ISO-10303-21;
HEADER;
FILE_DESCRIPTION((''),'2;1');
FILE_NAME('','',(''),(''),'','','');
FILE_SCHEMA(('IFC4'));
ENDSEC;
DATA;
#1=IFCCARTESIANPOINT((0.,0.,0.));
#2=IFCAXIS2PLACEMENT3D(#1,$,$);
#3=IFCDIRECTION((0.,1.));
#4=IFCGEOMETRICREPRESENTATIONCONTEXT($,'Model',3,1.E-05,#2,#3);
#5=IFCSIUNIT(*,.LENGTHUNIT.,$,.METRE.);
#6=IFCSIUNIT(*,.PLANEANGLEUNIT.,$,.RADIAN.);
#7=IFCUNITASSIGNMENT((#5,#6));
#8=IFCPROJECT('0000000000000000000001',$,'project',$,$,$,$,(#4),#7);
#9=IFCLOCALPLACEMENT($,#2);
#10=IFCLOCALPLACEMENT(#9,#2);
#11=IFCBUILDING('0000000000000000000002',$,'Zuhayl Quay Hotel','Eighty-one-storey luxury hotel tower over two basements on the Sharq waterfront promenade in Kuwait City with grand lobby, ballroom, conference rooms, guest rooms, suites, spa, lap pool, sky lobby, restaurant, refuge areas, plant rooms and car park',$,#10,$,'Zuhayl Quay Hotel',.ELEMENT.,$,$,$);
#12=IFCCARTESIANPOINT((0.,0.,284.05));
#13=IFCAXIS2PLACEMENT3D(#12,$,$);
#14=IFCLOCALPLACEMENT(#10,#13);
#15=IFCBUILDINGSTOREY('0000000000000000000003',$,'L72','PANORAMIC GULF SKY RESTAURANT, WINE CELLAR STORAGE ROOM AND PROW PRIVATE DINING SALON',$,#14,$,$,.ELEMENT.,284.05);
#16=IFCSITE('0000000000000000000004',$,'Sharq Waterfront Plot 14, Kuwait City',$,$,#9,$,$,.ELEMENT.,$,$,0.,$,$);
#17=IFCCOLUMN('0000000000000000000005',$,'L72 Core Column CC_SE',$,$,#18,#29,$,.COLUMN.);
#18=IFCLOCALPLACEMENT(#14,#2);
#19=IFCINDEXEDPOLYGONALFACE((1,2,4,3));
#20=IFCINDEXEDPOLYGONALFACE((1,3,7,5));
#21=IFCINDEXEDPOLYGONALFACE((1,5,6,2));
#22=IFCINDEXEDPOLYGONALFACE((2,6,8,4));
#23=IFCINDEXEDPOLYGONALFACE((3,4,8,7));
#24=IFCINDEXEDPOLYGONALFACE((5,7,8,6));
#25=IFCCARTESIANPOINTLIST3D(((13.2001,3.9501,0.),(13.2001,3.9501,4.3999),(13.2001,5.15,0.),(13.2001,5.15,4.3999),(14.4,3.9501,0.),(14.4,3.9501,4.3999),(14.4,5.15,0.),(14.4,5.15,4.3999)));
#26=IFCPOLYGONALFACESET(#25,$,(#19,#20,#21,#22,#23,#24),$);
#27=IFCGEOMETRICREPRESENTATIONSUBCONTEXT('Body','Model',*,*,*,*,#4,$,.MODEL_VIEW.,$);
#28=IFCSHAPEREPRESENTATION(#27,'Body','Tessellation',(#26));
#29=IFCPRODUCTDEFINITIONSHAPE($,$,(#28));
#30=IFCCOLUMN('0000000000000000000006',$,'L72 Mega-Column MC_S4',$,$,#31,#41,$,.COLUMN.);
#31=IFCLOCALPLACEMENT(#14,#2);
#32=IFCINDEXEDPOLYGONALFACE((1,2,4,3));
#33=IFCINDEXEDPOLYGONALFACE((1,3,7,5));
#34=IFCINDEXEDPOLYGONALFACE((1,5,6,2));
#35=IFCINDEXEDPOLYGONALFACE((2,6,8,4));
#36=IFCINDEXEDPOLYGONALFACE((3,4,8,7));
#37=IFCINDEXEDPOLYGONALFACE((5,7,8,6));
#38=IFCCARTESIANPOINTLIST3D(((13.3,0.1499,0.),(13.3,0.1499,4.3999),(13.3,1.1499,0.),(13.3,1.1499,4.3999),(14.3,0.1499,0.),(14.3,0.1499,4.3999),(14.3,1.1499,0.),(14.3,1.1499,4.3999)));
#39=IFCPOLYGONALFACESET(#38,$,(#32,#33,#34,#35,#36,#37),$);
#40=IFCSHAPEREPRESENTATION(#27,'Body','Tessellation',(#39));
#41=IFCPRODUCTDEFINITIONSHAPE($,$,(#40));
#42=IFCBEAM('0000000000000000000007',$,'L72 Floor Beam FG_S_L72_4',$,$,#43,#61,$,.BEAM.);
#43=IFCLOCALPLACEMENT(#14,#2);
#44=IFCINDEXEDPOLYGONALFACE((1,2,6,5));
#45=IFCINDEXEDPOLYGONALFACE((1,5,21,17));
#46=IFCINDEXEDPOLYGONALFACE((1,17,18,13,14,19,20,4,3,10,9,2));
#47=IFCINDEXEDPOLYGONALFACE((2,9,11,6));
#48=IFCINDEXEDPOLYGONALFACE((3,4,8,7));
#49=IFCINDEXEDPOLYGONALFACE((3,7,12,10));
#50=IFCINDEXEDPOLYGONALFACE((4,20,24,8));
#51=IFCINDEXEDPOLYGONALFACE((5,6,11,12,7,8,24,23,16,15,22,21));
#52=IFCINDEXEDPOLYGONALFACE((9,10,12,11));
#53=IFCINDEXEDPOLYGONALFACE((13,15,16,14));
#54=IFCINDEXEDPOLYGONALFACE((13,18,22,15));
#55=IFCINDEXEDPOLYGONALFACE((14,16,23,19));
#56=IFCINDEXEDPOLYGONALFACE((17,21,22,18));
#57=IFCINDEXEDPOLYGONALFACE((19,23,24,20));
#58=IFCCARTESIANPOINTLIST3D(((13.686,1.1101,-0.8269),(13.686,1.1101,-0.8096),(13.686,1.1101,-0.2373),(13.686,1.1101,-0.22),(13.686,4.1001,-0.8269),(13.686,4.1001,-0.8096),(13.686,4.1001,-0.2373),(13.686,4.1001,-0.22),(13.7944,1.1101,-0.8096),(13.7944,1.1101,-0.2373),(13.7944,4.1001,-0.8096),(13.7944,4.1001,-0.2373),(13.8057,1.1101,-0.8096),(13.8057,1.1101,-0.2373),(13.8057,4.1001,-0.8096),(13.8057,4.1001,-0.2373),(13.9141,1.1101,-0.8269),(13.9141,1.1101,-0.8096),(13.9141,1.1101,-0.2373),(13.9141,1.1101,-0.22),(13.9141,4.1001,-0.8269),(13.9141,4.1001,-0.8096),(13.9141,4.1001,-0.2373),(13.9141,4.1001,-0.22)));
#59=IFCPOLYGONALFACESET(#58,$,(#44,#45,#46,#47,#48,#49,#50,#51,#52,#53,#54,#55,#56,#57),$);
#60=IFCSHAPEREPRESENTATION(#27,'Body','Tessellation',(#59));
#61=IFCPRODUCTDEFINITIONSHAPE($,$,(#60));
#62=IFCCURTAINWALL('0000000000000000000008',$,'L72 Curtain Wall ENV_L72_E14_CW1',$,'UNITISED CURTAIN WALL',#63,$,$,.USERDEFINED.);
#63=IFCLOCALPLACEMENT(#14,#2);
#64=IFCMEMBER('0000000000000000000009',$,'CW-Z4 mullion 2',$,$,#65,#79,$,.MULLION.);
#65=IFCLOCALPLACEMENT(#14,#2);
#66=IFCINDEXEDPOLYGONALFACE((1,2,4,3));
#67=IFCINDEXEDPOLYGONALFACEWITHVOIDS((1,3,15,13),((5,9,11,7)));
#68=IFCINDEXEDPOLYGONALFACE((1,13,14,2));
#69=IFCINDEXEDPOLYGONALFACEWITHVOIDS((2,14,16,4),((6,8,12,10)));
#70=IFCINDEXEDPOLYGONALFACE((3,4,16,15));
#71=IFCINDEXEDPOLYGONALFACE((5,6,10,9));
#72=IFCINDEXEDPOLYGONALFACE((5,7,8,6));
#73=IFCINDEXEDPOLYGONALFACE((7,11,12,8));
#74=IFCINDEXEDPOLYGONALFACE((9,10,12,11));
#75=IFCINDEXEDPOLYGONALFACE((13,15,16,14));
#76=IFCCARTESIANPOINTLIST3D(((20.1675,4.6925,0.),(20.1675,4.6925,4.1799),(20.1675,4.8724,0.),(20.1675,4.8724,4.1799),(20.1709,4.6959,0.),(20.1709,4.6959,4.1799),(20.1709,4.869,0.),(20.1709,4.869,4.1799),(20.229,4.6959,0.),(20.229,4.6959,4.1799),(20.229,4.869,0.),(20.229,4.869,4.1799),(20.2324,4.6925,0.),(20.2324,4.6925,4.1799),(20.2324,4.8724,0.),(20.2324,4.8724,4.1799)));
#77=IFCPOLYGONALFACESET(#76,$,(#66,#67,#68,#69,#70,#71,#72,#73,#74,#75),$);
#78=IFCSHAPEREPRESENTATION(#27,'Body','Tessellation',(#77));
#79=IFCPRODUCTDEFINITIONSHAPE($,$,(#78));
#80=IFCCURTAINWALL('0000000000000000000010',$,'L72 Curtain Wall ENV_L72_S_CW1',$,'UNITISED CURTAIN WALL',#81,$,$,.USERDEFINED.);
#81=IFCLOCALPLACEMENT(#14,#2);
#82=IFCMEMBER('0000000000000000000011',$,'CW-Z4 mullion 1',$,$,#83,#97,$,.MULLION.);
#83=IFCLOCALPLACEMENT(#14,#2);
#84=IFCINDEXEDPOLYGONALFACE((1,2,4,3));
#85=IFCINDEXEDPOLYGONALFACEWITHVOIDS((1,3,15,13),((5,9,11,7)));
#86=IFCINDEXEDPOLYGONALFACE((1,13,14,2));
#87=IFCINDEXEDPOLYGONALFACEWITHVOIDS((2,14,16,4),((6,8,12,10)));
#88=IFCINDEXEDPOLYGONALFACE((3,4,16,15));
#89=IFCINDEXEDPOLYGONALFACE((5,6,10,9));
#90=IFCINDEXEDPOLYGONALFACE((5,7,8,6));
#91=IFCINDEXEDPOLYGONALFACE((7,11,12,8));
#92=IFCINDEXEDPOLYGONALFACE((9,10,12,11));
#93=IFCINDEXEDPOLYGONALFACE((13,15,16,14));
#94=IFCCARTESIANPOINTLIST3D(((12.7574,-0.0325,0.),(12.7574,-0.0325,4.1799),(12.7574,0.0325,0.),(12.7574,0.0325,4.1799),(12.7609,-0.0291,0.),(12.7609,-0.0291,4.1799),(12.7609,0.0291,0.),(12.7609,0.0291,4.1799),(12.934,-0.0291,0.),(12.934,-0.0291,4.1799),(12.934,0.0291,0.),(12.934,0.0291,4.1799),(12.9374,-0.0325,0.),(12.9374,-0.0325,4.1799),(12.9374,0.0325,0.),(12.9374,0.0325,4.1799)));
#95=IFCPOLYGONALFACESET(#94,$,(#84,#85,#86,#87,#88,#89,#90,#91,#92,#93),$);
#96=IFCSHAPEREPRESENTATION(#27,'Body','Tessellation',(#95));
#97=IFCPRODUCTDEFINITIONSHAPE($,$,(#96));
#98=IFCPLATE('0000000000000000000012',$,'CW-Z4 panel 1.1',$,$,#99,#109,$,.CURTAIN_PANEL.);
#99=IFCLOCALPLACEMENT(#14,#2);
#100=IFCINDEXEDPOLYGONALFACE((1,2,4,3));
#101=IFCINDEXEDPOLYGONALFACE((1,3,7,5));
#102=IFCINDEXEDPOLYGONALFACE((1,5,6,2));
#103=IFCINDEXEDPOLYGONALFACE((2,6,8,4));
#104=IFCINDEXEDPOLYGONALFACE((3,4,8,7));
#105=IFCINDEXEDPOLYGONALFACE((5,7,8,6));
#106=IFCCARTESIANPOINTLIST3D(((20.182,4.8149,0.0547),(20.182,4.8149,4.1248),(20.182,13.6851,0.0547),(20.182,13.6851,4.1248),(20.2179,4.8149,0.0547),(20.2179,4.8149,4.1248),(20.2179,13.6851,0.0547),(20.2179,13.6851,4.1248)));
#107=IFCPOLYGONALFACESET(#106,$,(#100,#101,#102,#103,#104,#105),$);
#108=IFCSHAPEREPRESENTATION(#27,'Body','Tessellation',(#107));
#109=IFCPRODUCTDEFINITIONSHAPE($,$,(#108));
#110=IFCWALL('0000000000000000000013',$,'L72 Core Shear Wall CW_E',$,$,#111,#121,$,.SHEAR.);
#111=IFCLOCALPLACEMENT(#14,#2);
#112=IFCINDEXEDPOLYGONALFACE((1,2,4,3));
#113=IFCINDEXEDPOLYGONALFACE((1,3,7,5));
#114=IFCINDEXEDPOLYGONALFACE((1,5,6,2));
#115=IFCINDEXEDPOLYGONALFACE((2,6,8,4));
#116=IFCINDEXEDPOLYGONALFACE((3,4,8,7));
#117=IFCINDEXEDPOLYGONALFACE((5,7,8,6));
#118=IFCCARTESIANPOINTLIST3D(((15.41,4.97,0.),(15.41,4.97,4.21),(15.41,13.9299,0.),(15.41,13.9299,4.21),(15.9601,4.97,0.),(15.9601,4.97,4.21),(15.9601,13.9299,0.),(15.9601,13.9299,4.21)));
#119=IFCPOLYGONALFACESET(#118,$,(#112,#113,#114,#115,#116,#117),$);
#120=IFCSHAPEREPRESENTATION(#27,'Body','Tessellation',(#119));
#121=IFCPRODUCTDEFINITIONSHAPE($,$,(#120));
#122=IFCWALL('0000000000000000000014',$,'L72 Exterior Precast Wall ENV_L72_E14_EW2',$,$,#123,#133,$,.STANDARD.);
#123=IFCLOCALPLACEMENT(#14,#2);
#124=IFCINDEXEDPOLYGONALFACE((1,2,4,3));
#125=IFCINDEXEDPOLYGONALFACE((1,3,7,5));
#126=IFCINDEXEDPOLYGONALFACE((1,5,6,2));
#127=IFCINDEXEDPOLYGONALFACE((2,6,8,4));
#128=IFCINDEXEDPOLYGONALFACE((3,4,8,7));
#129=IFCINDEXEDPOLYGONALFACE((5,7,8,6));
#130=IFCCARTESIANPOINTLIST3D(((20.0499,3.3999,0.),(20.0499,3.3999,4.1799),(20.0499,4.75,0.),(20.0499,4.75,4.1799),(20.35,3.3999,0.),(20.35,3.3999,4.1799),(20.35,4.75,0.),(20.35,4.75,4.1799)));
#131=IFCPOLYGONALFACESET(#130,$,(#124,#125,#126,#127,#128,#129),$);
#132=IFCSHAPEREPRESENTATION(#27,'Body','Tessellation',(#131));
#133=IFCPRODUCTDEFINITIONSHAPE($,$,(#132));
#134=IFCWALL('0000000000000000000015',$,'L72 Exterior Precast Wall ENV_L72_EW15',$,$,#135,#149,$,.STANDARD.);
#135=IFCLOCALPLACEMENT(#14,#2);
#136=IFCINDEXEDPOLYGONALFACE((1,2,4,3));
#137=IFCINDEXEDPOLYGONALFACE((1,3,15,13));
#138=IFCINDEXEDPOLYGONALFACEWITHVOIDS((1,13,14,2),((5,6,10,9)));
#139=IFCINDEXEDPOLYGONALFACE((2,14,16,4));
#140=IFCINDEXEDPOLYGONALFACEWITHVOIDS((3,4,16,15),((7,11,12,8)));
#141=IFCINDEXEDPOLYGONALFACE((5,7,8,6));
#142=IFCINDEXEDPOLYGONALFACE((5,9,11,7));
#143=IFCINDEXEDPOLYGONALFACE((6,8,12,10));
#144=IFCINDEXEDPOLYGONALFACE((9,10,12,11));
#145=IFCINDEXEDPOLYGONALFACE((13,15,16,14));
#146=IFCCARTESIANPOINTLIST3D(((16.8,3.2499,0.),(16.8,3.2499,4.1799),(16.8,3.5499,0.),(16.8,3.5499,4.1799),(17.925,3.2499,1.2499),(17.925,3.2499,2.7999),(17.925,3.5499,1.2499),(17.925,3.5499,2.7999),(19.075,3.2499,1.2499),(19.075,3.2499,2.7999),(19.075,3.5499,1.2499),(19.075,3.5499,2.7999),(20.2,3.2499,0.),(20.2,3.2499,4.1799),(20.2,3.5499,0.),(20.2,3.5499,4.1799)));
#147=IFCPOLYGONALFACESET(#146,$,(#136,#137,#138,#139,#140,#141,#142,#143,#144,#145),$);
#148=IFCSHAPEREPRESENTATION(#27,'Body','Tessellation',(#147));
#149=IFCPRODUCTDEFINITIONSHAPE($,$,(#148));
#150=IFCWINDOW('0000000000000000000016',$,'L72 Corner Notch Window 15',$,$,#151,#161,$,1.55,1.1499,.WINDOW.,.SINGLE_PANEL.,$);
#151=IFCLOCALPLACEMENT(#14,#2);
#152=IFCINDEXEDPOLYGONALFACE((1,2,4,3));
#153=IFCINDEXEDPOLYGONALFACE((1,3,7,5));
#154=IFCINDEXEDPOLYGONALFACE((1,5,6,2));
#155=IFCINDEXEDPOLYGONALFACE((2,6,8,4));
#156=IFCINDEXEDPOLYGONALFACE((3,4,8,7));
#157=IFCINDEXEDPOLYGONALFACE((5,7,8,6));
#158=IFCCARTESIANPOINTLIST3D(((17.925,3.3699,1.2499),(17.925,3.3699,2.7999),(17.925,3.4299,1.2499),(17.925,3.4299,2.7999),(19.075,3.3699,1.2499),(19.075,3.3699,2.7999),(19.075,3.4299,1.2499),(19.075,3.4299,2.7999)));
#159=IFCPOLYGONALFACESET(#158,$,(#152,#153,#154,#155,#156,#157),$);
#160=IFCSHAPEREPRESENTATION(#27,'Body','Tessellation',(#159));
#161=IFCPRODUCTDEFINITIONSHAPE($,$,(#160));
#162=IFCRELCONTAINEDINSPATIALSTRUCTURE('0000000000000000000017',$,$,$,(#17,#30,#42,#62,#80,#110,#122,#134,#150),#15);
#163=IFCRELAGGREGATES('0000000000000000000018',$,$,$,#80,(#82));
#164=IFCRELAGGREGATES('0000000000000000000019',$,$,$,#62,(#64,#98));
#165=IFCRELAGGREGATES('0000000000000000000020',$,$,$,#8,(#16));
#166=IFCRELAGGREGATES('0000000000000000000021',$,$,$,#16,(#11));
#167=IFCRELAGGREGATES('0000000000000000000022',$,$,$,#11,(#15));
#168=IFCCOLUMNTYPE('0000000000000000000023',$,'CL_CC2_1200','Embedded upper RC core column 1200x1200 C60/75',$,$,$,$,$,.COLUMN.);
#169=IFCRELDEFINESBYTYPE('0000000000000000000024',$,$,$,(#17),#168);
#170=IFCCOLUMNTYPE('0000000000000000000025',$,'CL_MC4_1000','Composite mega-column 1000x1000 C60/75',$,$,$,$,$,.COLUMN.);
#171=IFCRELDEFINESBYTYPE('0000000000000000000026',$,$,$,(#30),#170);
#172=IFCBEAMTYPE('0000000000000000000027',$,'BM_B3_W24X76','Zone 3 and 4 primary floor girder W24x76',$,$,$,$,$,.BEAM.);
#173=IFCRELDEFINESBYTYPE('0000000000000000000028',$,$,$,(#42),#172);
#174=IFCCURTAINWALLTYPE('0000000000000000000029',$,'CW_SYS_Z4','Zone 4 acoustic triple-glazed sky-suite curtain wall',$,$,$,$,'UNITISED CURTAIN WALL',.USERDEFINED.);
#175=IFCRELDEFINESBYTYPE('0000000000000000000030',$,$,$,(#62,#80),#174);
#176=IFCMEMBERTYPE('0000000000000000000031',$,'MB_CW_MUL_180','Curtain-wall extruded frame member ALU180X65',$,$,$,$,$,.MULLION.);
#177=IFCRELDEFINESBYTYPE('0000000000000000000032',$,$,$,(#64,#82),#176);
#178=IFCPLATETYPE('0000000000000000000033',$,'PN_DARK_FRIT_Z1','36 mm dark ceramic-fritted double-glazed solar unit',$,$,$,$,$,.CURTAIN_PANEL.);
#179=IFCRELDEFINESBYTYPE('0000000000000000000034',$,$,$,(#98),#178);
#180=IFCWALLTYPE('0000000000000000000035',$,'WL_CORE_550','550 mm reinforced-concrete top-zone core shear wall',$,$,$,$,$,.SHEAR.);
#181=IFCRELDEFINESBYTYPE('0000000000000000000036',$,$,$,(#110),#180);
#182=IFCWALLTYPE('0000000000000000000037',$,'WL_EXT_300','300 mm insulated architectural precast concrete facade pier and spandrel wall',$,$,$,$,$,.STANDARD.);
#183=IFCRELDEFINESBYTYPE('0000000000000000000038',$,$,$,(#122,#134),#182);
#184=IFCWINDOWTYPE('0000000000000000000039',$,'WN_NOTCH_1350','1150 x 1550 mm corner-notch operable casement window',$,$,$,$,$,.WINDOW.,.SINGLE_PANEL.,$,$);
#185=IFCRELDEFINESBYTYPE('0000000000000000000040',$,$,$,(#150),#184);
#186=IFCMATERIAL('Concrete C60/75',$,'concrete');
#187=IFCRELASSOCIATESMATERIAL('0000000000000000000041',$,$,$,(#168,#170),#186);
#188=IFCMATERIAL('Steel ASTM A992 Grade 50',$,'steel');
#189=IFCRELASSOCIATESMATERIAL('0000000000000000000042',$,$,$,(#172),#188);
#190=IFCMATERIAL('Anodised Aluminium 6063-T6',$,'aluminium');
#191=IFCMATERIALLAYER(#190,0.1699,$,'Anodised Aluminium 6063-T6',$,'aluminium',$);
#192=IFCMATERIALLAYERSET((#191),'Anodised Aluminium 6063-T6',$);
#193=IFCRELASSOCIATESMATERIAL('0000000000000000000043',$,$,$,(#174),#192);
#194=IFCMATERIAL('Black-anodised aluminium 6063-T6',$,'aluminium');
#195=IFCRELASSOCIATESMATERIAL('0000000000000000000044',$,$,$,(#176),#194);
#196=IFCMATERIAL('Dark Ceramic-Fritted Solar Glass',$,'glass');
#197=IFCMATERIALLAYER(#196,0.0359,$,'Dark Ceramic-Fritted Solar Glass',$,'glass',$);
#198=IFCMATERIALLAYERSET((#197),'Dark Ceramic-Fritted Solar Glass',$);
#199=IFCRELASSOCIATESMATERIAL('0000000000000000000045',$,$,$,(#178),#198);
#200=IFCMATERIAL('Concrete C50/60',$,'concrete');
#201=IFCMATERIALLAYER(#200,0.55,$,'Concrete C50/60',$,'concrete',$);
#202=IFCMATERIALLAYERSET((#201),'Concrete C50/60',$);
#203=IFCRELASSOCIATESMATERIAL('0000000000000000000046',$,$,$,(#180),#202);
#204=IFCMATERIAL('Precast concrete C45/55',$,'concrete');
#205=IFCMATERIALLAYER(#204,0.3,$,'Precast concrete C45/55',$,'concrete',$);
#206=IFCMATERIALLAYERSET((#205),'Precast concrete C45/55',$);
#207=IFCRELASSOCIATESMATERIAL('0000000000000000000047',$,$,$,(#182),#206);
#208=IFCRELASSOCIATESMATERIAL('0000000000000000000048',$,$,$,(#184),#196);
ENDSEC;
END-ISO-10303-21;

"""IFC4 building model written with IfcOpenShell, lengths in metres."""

from ifc_helpers import new_model, si_unit, direction, frame, frame_2d, origin, origin_2d, place, context, subcontext, project, spatial, rectangle, hollow_rectangle, i_section, extrude, material, layer, layer_set, material_profile, profile_set, type_object, element, fill, aggregate, save


model = new_model("IFC4")

# Units and contexts
model_context = context("Model", 3, precision=1e-05, world=origin(), true_north=direction((0.0, 1.0)))
body_context = subcontext(model_context, "Body", "Model", "MODEL_VIEW")
ifc_project = project(units=[si_unit("LENGTHUNIT", "METRE"), si_unit("PLANEANGLEUNIT", "RADIAN")], contexts=[model_context])

# Site, building, storey
site_placement = place(None, origin())
site = spatial("IfcSite", under=ifc_project, at=site_placement, Name="Sharq Waterfront Plot 14, Kuwait City", CompositionType="ELEMENT", RefElevation=0.0)
building_placement = place(site_placement, origin())
building = spatial("IfcBuilding", under=site, at=building_placement, Name="Zuhayl Quay Hotel", Description="Eighty-one-storey luxury hotel tower over two basements on the Sharq waterfront promenade in Kuwait City with grand lobby, ballroom, conference rooms, guest rooms, suites, spa, lap pool, sky lobby, restaurant, refuge areas, plant rooms and car park", LongName="Zuhayl Quay Hotel", CompositionType="ELEMENT")
storey_placement = place(building_placement, frame((0.0, 0.0, 284.05)))
storey = spatial("IfcBuildingStorey", under=building, at=storey_placement, Name="L72", Description="PANORAMIC GULF SKY RESTAURANT, WINE CELLAR STORAGE ROOM AND PROW PRIVATE DINING SALON", CompositionType="ELEMENT", Elevation=284.05)

# Columns
ifc_material_1 = material(Name="Concrete C60/75", Category="concrete")
ifc_material_profile_1 = material_profile(ifc_material_1, rectangle(XDim=1.2, YDim=1.2, at=origin_2d()), Name="RC1200X1200")
ifc_profile_set_1 = profile_set([ifc_material_profile_1], Name="Concrete C60/75")
column_type_1 = type_object("IfcColumnType", Name="CL_CC2_1200", Description="Embedded upper RC core column 1200x1200 C60/75", PredefinedType="COLUMN", material=ifc_profile_set_1)
column_1_placement = place(storey_placement, frame((13.8, 4.55, 0.0), z_axis=(0.0, 0.0, 1.0), x_axis=(1.0, 0.0, 0.0)))
element("IfcColumn", 1, at=column_1_placement, inside=storey, type_object=column_type_1, Name="L72 Core Column CC_SE", PredefinedType="COLUMN", context=body_context, shape_type="SweptSolid", body=[
    extrude(rectangle(XDim=1.2, YDim=1.2, at=origin_2d()), origin(), (0.0, 0.0, 1.0), 4.3999),
])
ifc_material_profile_2 = material_profile(ifc_material_1, rectangle(XDim=1.0, YDim=1.0, at=origin_2d()), Name="RC1000X1000")
ifc_profile_set_2 = profile_set([ifc_material_profile_2], Name="Concrete C60/75")
column_type_2 = type_object("IfcColumnType", Name="CL_MC4_1000", Description="Composite mega-column 1000x1000 C60/75", PredefinedType="COLUMN", material=ifc_profile_set_2)
column_2_placement = place(storey_placement, frame((13.8, 0.6499, 0.0), z_axis=(0.0, 0.0, 1.0), x_axis=(1.0, 0.0, 0.0)))
element("IfcColumn", 2, at=column_2_placement, inside=storey, type_object=column_type_2, Name="L72 Mega-Column MC_S4", PredefinedType="COLUMN", context=body_context, shape_type="SweptSolid", body=[
    extrude(rectangle(XDim=1.0, YDim=1.0, at=origin_2d()), origin(), (0.0, 0.0, 1.0), 4.3999),
])

# Beam
ifc_material_2 = material(Name="Steel ASTM A992 Grade 50", Category="steel")
ifc_material_profile_3 = material_profile(ifc_material_2, i_section(OverallWidth=0.228, OverallDepth=0.6069, WebThickness=0.0112, FlangeThickness=0.0173, at=origin_2d()), Name="W24X76")
ifc_profile_set_3 = profile_set([ifc_material_profile_3], Name="Steel ASTM A992 Grade 50")
beam_type = type_object("IfcBeamType", Name="BM_B3_W24X76", Description="Zone 3 and 4 primary floor girder W24x76", PredefinedType="BEAM", material=ifc_profile_set_3)
beam_placement = place(storey_placement, frame((13.8, 1.1101, -0.5234), z_axis=(0.0, 1.0, 0.0), x_axis=(-1.0, 0.0, 0.0)))
element("IfcBeam", 3, at=beam_placement, inside=storey, type_object=beam_type, Name="L72 Floor Beam FG_S_L72_4", PredefinedType="BEAM", context=body_context, shape_type="SweptSolid", body=[
    extrude(i_section(OverallWidth=0.228, OverallDepth=0.6069, WebThickness=0.0112, FlangeThickness=0.0173, at=origin_2d()), origin(), (0.0, 0.0, 1.0), 2.99),
])

# Curtain walls, members
ifc_material_3 = material(Name="Anodised Aluminium 6063-T6", Category="aluminium")
ifc_layer_1 = layer(ifc_material_3, 0.1699, Name="Anodised Aluminium 6063-T6", Category="aluminium")
ifc_layer_set_1 = layer_set([ifc_layer_1], Name="Anodised Aluminium 6063-T6")
curtain_wall_type = type_object("IfcCurtainWallType", Name="CW_SYS_Z4", Description="Zone 4 acoustic triple-glazed sky-suite curtain wall", ElementType="UNITISED CURTAIN WALL", PredefinedType="USERDEFINED", material=ifc_layer_set_1)
curtain_wall_1_placement = place(storey_placement, origin())
curtain_wall_1 = element("IfcCurtainWall", 4, at=curtain_wall_1_placement, inside=storey, type_object=curtain_wall_type, Name="L72 Curtain Wall ENV_L72_E14_CW1", ObjectType="UNITISED CURTAIN WALL", PredefinedType="USERDEFINED")
ifc_material_4 = material(Name="Black-anodised aluminium 6063-T6", Category="aluminium")
ifc_material_profile_4 = material_profile(ifc_material_4, hollow_rectangle(XDim=0.0649, YDim=0.1799, WallThickness=0.0034, at=origin_2d()), Name="ALU180X65")
ifc_profile_set_4 = profile_set([ifc_material_profile_4], Name="Black-anodised aluminium 6063-T6")
member_type = type_object("IfcMemberType", Name="MB_CW_MUL_180", Description="Curtain-wall extruded frame member ALU180X65", PredefinedType="MULLION", material=ifc_profile_set_4)
member_1_placement = place(storey_placement, frame((20.2, 4.7825, 0.0), z_axis=(0.0, 0.0, 1.0), x_axis=(1.0, 0.0, 0.0)))
member_1 = element("IfcMember", 5, at=member_1_placement, type_object=member_type, Name="CW-Z4 mullion 2", PredefinedType="MULLION", context=body_context, shape_type="SweptSolid", body=[
    extrude(hollow_rectangle(XDim=0.0649, YDim=0.1799, WallThickness=0.0034, at=origin_2d()), origin(), (0.0, 0.0, 1.0), 4.1799),
])
curtain_wall_2_placement = place(storey_placement, origin())
curtain_wall_2 = element("IfcCurtainWall", 6, at=curtain_wall_2_placement, inside=storey, type_object=curtain_wall_type, Name="L72 Curtain Wall ENV_L72_S_CW1", ObjectType="UNITISED CURTAIN WALL", PredefinedType="USERDEFINED")
member_2_placement = place(storey_placement, frame((12.8474, 0.0, 0.0), z_axis=(0.0, 0.0, 1.0), x_axis=(0.0, -1.0, 0.0)))
member_2 = element("IfcMember", 7, at=member_2_placement, type_object=member_type, Name="CW-Z4 mullion 1", PredefinedType="MULLION", context=body_context, shape_type="SweptSolid", body=[
    extrude(hollow_rectangle(XDim=0.0649, YDim=0.1799, WallThickness=0.0034, at=origin_2d()), origin(), (0.0, 0.0, 1.0), 4.1799),
])
aggregate(curtain_wall_2, [member_2])

# Plate
ifc_material_5 = material(Name="Dark Ceramic-Fritted Solar Glass", Category="glass")
ifc_layer_2 = layer(ifc_material_5, 0.0359, Name="Dark Ceramic-Fritted Solar Glass", Category="glass")
ifc_layer_set_2 = layer_set([ifc_layer_2], Name="Dark Ceramic-Fritted Solar Glass")
plate_type = type_object("IfcPlateType", Name="PN_DARK_FRIT_Z1", Description="36 mm dark ceramic-fritted double-glazed solar unit", PredefinedType="CURTAIN_PANEL", material=ifc_layer_set_2)
plate_placement = place(storey_placement, frame((20.2, 9.25, 0.0547), z_axis=(0.0, 0.0, 1.0), x_axis=(0.0, -1.0, 0.0)))
plate = element("IfcPlate", 8, at=plate_placement, type_object=plate_type, Name="CW-Z4 panel 1.1", PredefinedType="CURTAIN_PANEL", context=body_context, shape_type="SweptSolid", body=[
    extrude(rectangle(XDim=8.8701, YDim=0.0359, at=origin_2d()), origin(), (0.0, 0.0, 1.0), 4.0701),
])
aggregate(curtain_wall_1, [member_1, plate])

# Walls
ifc_material_6 = material(Name="Concrete C50/60", Category="concrete")
ifc_layer_3 = layer(ifc_material_6, 0.55, Name="Concrete C50/60", Category="concrete")
ifc_layer_set_3 = layer_set([ifc_layer_3], Name="Concrete C50/60")
wall_type_1 = type_object("IfcWallType", Name="WL_CORE_550", Description="550 mm reinforced-concrete top-zone core shear wall", PredefinedType="SHEAR", material=ifc_layer_set_3)
wall_1_placement = place(storey_placement, frame((15.6851, 4.97, 0.0), z_axis=(0.0, 0.0, 1.0), x_axis=(0.0, 1.0, 0.0)))
element("IfcWall", 9, at=wall_1_placement, inside=storey, type_object=wall_type_1, Name="L72 Core Shear Wall CW_E", PredefinedType="SHEAR", context=body_context, shape_type="SweptSolid", body=[
    extrude(rectangle(XDim=8.96, YDim=0.55, at=frame_2d((4.48, 0.0))), origin(), (0.0, 0.0, 1.0), 4.21),
])
ifc_material_7 = material(Name="Precast concrete C45/55", Category="concrete")
ifc_layer_4 = layer(ifc_material_7, 0.3, Name="Precast concrete C45/55", Category="concrete")
ifc_layer_set_4 = layer_set([ifc_layer_4], Name="Precast concrete C45/55")
wall_type_2 = type_object("IfcWallType", Name="WL_EXT_300", Description="300 mm insulated architectural precast concrete facade pier and spandrel wall", PredefinedType="STANDARD", material=ifc_layer_set_4)
wall_2_placement = place(storey_placement, frame((20.2, 4.75, 0.0), z_axis=(0.0, 0.0, 1.0), x_axis=(0.0, -1.0, 0.0)))
element("IfcWall", 10, at=wall_2_placement, inside=storey, type_object=wall_type_2, Name="L72 Exterior Precast Wall ENV_L72_E14_EW2", PredefinedType="STANDARD", context=body_context, shape_type="SweptSolid", body=[
    extrude(rectangle(XDim=1.3501, YDim=0.3, at=frame_2d((0.675, 0.0))), origin(), (0.0, 0.0, 1.0), 4.1799),
])

# Wall, opening, window
wall_3_placement = place(storey_placement, frame((20.2, 3.3999, 0.0), z_axis=(0.0, 0.0, 1.0), x_axis=(-1.0, 0.0, 0.0)))
wall_3 = element("IfcWall", 11, at=wall_3_placement, inside=storey, type_object=wall_type_2, Name="L72 Exterior Precast Wall ENV_L72_EW15", PredefinedType="STANDARD", context=body_context, shape_type="SweptSolid", body=[
    extrude(rectangle(XDim=3.3999, YDim=0.3, at=frame_2d((1.7, 0.0))), origin(), (0.0, 0.0, 1.0), 4.1799),
])
opening_1_placement = place(wall_3_placement, frame((1.125, 0.0, 1.25)))
opening_1 = element("IfcOpeningElement", 12, at=opening_1_placement, cuts=wall_3, PredefinedType="OPENING", context=body_context, shape_type="SweptSolid", body=[
    extrude(rectangle(XDim=1.1499, YDim=1.55, at=frame_2d((0.575, 0.7749))), frame((0.0, 0.1599, 0.0), z_axis=(0.0, -1.0, 0.0), x_axis=(1.0, 0.0, 0.0)), (0.0, 0.0, 1.0), 0.3201),
])
window_type = type_object("IfcWindowType", Name="WN_NOTCH_1350", Description="1150 x 1550 mm corner-notch operable casement window", PartitioningType="SINGLE_PANEL", PredefinedType="WINDOW", material=ifc_material_5)
window_1_placement = place(opening_1_placement, origin())
window_1 = element("IfcWindow", 13, at=window_1_placement, inside=storey, type_object=window_type, Name="L72 Corner Notch Window 15", OverallHeight=1.55, OverallWidth=1.1499, PartitioningType="SINGLE_PANEL", PredefinedType="WINDOW", context=body_context, shape_type="SweptSolid", body=[
    extrude(rectangle(XDim=1.1499, YDim=1.55, at=frame_2d((0.575, 0.7749))), frame((0.0, 0.03, 0.0), z_axis=(0.0, -1.0, 0.0), x_axis=(1.0, 0.0, 0.0)), (0.0, 0.0, 1.0), 0.0601),
])
fill(opening_1, window_1)

save(model, "model.ifc")
